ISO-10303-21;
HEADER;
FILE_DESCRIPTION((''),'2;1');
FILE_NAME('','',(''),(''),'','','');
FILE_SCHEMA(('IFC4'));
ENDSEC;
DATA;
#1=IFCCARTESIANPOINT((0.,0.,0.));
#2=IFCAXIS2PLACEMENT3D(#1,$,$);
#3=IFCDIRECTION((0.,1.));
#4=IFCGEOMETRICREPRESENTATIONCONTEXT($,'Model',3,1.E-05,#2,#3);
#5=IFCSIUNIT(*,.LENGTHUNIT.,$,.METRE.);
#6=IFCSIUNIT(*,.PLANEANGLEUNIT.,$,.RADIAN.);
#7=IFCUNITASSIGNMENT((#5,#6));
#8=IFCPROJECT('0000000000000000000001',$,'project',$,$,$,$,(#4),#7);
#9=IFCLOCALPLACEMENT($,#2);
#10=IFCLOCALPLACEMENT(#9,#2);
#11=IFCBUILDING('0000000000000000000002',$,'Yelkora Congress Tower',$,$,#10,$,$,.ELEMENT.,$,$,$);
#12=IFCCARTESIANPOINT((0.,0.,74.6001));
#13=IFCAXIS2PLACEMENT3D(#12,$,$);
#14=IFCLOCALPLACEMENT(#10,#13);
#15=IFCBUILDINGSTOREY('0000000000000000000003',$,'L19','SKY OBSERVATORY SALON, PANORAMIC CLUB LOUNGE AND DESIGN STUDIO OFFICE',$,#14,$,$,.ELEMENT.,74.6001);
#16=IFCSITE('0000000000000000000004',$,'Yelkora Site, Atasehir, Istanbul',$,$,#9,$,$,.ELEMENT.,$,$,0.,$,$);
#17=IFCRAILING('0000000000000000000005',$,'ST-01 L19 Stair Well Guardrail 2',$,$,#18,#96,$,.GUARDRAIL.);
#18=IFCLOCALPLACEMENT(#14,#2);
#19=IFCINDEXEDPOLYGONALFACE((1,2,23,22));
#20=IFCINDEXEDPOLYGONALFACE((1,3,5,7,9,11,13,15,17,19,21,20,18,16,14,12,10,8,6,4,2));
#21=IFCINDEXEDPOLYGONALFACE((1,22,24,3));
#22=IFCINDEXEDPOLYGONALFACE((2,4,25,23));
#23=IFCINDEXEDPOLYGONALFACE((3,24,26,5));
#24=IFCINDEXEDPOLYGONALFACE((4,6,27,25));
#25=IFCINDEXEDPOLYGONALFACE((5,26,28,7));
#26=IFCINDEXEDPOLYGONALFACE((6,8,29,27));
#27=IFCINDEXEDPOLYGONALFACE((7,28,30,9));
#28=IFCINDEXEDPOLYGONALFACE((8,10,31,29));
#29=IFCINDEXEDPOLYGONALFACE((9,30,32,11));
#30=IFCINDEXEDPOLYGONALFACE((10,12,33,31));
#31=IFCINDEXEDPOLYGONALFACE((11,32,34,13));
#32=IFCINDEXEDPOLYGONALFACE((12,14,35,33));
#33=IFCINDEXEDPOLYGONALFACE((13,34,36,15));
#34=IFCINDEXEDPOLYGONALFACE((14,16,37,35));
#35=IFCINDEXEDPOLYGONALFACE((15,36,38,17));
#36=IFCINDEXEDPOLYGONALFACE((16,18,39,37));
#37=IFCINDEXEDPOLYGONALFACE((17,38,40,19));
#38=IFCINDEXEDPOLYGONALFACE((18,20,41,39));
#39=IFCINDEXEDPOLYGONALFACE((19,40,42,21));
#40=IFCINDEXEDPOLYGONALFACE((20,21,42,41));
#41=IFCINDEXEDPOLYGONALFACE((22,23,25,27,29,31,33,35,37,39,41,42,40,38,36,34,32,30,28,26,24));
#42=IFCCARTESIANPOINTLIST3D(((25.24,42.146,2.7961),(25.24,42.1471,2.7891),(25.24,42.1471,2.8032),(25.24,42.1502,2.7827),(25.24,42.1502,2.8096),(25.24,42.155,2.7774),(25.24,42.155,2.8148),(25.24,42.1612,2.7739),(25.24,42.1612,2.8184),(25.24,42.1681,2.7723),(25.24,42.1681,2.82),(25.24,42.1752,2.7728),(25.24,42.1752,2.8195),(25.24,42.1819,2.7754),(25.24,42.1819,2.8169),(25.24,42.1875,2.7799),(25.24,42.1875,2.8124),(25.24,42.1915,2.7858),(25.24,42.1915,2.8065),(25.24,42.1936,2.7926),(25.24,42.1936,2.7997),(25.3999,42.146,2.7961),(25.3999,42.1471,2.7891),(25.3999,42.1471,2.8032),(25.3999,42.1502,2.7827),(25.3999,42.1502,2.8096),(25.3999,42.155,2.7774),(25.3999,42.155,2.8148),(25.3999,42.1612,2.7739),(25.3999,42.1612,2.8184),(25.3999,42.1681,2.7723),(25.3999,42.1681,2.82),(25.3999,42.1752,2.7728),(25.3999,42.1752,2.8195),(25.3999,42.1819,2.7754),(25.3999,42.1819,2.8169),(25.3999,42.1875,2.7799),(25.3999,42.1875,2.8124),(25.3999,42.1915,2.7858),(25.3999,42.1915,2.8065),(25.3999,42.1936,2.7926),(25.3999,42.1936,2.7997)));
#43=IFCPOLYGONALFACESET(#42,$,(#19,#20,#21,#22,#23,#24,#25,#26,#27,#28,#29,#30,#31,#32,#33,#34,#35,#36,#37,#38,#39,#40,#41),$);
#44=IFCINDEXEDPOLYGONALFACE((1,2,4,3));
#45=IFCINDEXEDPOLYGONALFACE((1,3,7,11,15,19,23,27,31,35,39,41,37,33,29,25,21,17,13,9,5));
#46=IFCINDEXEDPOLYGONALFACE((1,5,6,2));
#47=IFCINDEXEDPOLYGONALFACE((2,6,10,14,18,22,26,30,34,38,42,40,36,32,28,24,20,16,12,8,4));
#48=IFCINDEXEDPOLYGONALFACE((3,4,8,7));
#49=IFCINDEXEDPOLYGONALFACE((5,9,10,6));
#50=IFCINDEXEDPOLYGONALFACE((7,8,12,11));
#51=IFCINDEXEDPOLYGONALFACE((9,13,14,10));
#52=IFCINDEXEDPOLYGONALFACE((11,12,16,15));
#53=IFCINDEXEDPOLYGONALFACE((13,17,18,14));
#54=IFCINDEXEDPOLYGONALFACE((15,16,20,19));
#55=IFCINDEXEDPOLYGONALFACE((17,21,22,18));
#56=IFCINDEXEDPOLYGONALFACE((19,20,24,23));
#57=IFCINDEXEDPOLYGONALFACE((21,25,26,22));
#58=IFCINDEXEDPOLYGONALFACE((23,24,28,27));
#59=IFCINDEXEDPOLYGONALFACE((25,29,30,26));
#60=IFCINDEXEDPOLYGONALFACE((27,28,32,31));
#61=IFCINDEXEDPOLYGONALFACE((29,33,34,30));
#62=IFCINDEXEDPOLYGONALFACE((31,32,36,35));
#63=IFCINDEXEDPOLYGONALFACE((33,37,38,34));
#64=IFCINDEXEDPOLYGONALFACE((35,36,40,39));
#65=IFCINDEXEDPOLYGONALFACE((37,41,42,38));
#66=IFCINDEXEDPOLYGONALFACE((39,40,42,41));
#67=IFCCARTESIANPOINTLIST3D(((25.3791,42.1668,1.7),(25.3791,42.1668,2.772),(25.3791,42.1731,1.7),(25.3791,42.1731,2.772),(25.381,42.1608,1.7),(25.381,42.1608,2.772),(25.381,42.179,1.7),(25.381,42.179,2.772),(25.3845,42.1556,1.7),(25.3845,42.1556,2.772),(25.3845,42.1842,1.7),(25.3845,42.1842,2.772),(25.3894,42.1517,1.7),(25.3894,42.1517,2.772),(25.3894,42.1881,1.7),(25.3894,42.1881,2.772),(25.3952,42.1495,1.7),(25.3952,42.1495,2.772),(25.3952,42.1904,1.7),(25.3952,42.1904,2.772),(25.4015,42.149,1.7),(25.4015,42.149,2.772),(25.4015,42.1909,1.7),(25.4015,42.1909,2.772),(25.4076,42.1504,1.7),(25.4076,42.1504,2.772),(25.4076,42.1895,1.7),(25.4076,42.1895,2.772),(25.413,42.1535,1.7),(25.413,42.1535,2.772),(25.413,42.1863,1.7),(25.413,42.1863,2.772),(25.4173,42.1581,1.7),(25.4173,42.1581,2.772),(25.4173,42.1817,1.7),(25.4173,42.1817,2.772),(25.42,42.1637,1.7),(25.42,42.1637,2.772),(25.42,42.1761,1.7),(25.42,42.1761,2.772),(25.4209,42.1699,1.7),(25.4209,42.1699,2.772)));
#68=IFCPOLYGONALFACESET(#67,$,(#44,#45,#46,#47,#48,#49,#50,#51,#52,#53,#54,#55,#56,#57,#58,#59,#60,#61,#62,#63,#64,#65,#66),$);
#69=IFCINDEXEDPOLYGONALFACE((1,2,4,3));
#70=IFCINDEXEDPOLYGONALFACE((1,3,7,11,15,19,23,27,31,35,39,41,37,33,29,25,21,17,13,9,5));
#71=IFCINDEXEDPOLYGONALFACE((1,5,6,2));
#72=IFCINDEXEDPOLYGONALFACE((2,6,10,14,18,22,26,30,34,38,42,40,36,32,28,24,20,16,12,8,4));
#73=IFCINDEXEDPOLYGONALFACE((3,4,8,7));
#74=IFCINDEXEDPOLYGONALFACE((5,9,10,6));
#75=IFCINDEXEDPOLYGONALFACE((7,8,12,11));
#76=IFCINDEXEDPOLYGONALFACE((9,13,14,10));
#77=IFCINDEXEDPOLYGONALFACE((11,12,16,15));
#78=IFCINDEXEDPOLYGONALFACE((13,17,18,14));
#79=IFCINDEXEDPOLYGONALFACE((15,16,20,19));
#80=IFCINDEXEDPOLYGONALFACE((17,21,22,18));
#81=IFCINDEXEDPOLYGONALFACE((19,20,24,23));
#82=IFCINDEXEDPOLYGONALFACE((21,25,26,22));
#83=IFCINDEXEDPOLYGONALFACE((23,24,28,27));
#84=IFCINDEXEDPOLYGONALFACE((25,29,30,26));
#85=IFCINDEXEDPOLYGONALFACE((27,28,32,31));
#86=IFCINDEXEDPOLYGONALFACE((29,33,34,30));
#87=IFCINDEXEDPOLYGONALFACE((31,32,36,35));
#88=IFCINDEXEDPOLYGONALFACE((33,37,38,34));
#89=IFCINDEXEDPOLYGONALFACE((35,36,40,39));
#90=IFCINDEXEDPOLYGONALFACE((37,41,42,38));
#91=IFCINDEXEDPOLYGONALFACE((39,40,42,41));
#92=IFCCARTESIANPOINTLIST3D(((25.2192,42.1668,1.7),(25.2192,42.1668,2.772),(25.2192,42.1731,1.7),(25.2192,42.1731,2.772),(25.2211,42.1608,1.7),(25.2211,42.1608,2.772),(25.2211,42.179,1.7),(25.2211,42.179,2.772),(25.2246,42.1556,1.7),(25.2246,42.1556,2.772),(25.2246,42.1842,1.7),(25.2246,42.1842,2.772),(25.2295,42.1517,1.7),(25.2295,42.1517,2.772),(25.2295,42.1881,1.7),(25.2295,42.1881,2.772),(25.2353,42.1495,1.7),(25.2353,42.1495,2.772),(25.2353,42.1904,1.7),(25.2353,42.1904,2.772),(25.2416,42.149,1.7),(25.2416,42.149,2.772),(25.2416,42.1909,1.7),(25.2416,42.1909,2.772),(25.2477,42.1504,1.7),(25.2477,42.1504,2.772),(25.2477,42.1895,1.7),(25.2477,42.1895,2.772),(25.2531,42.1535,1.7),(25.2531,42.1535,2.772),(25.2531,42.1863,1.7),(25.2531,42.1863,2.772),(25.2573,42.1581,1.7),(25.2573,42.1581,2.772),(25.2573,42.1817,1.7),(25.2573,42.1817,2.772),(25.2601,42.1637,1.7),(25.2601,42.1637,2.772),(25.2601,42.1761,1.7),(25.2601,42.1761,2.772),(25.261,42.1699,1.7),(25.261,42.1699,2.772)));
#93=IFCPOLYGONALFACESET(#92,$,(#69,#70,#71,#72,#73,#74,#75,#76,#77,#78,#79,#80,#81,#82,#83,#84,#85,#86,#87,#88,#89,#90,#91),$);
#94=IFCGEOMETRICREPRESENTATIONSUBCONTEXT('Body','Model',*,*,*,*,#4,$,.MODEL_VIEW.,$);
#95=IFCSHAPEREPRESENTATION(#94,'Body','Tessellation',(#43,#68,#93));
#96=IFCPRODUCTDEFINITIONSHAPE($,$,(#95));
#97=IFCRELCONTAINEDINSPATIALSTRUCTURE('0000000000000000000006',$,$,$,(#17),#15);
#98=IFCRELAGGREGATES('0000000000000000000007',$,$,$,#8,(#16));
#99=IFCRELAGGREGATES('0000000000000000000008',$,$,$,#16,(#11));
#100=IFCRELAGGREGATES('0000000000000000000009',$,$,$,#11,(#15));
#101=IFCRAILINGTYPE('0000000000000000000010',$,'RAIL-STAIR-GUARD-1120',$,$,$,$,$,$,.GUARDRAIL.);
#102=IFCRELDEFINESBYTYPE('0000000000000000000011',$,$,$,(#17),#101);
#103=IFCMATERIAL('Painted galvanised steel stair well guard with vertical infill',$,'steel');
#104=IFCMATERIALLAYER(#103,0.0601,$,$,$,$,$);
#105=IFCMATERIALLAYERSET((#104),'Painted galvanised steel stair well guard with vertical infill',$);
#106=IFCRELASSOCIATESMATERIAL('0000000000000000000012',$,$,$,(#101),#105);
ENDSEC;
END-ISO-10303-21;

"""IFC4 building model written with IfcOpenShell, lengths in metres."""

from ifc_helpers import new_model, si_unit, direction, frame, origin, origin_2d, place, context, subcontext, project, spatial, circle, extrude, material, layer, layer_set, type_object, element, save


model = new_model("IFC4")

# Units and contexts
model_context = context("Model", 3, precision=1e-05, world=origin(), true_north=direction((0.0, 1.0)))
body_context = subcontext(model_context, "Body", "Model", "MODEL_VIEW")
ifc_project = project(units=[si_unit("LENGTHUNIT", "METRE"), si_unit("PLANEANGLEUNIT", "RADIAN")], contexts=[model_context])

# Site, building, storey
site_placement = place(None, origin())
site = spatial("IfcSite", under=ifc_project, at=site_placement, Name="Yelkora Site, Atasehir, Istanbul", CompositionType="ELEMENT", RefElevation=0.0)
building_placement = place(site_placement, origin())
building = spatial("IfcBuilding", under=site, at=building_placement, Name="Yelkora Congress Tower", CompositionType="ELEMENT")
storey_placement = place(building_placement, frame((0.0, 0.0, 74.6001)))
storey = spatial("IfcBuildingStorey", under=building, at=storey_placement, Name="L19", Description="SKY OBSERVATORY SALON, PANORAMIC CLUB LOUNGE AND DESIGN STUDIO OFFICE", CompositionType="ELEMENT", Elevation=74.6001)

# Railing
ifc_material_1 = material(Name="Painted galvanised steel stair well guard with vertical infill", Category="steel")
ifc_layer_1 = layer(ifc_material_1, 0.0601)
ifc_layer_set_1 = layer_set([ifc_layer_1], Name="Painted galvanised steel stair well guard with vertical infill")
railing_type_1 = type_object("IfcRailingType", Name="RAIL-STAIR-GUARD-1120", PredefinedType="GUARDRAIL", material=ifc_layer_set_1)
railing_1_placement = place(storey_placement, frame((25.3999, 42.1699, 1.7)))
element("IfcRailing", 1, at=railing_1_placement, inside=storey, type_object=railing_type_1, Name="ST-01 L19 Stair Well Guardrail 2", PredefinedType="GUARDRAIL", context=body_context, shape_type="SweptSolid", body=[
    extrude(circle(Radius=0.0239, at=origin_2d()), frame((0.0, 0.0, 1.0962), z_axis=(-1.0, 0.0, 0.0), x_axis=(0.0, -1.0, 0.0)), (0.0, 0.0, 1.0), 0.1599),
    extrude(circle(Radius=0.021, at=origin_2d()), origin(), (0.0, 0.0, 1.0), 1.072),
    extrude(circle(Radius=0.021, at=origin_2d()), frame((-0.1599, 0.0, 0.0)), (0.0, 0.0, 1.0), 1.072),
])

save(model, "model.ifc")
